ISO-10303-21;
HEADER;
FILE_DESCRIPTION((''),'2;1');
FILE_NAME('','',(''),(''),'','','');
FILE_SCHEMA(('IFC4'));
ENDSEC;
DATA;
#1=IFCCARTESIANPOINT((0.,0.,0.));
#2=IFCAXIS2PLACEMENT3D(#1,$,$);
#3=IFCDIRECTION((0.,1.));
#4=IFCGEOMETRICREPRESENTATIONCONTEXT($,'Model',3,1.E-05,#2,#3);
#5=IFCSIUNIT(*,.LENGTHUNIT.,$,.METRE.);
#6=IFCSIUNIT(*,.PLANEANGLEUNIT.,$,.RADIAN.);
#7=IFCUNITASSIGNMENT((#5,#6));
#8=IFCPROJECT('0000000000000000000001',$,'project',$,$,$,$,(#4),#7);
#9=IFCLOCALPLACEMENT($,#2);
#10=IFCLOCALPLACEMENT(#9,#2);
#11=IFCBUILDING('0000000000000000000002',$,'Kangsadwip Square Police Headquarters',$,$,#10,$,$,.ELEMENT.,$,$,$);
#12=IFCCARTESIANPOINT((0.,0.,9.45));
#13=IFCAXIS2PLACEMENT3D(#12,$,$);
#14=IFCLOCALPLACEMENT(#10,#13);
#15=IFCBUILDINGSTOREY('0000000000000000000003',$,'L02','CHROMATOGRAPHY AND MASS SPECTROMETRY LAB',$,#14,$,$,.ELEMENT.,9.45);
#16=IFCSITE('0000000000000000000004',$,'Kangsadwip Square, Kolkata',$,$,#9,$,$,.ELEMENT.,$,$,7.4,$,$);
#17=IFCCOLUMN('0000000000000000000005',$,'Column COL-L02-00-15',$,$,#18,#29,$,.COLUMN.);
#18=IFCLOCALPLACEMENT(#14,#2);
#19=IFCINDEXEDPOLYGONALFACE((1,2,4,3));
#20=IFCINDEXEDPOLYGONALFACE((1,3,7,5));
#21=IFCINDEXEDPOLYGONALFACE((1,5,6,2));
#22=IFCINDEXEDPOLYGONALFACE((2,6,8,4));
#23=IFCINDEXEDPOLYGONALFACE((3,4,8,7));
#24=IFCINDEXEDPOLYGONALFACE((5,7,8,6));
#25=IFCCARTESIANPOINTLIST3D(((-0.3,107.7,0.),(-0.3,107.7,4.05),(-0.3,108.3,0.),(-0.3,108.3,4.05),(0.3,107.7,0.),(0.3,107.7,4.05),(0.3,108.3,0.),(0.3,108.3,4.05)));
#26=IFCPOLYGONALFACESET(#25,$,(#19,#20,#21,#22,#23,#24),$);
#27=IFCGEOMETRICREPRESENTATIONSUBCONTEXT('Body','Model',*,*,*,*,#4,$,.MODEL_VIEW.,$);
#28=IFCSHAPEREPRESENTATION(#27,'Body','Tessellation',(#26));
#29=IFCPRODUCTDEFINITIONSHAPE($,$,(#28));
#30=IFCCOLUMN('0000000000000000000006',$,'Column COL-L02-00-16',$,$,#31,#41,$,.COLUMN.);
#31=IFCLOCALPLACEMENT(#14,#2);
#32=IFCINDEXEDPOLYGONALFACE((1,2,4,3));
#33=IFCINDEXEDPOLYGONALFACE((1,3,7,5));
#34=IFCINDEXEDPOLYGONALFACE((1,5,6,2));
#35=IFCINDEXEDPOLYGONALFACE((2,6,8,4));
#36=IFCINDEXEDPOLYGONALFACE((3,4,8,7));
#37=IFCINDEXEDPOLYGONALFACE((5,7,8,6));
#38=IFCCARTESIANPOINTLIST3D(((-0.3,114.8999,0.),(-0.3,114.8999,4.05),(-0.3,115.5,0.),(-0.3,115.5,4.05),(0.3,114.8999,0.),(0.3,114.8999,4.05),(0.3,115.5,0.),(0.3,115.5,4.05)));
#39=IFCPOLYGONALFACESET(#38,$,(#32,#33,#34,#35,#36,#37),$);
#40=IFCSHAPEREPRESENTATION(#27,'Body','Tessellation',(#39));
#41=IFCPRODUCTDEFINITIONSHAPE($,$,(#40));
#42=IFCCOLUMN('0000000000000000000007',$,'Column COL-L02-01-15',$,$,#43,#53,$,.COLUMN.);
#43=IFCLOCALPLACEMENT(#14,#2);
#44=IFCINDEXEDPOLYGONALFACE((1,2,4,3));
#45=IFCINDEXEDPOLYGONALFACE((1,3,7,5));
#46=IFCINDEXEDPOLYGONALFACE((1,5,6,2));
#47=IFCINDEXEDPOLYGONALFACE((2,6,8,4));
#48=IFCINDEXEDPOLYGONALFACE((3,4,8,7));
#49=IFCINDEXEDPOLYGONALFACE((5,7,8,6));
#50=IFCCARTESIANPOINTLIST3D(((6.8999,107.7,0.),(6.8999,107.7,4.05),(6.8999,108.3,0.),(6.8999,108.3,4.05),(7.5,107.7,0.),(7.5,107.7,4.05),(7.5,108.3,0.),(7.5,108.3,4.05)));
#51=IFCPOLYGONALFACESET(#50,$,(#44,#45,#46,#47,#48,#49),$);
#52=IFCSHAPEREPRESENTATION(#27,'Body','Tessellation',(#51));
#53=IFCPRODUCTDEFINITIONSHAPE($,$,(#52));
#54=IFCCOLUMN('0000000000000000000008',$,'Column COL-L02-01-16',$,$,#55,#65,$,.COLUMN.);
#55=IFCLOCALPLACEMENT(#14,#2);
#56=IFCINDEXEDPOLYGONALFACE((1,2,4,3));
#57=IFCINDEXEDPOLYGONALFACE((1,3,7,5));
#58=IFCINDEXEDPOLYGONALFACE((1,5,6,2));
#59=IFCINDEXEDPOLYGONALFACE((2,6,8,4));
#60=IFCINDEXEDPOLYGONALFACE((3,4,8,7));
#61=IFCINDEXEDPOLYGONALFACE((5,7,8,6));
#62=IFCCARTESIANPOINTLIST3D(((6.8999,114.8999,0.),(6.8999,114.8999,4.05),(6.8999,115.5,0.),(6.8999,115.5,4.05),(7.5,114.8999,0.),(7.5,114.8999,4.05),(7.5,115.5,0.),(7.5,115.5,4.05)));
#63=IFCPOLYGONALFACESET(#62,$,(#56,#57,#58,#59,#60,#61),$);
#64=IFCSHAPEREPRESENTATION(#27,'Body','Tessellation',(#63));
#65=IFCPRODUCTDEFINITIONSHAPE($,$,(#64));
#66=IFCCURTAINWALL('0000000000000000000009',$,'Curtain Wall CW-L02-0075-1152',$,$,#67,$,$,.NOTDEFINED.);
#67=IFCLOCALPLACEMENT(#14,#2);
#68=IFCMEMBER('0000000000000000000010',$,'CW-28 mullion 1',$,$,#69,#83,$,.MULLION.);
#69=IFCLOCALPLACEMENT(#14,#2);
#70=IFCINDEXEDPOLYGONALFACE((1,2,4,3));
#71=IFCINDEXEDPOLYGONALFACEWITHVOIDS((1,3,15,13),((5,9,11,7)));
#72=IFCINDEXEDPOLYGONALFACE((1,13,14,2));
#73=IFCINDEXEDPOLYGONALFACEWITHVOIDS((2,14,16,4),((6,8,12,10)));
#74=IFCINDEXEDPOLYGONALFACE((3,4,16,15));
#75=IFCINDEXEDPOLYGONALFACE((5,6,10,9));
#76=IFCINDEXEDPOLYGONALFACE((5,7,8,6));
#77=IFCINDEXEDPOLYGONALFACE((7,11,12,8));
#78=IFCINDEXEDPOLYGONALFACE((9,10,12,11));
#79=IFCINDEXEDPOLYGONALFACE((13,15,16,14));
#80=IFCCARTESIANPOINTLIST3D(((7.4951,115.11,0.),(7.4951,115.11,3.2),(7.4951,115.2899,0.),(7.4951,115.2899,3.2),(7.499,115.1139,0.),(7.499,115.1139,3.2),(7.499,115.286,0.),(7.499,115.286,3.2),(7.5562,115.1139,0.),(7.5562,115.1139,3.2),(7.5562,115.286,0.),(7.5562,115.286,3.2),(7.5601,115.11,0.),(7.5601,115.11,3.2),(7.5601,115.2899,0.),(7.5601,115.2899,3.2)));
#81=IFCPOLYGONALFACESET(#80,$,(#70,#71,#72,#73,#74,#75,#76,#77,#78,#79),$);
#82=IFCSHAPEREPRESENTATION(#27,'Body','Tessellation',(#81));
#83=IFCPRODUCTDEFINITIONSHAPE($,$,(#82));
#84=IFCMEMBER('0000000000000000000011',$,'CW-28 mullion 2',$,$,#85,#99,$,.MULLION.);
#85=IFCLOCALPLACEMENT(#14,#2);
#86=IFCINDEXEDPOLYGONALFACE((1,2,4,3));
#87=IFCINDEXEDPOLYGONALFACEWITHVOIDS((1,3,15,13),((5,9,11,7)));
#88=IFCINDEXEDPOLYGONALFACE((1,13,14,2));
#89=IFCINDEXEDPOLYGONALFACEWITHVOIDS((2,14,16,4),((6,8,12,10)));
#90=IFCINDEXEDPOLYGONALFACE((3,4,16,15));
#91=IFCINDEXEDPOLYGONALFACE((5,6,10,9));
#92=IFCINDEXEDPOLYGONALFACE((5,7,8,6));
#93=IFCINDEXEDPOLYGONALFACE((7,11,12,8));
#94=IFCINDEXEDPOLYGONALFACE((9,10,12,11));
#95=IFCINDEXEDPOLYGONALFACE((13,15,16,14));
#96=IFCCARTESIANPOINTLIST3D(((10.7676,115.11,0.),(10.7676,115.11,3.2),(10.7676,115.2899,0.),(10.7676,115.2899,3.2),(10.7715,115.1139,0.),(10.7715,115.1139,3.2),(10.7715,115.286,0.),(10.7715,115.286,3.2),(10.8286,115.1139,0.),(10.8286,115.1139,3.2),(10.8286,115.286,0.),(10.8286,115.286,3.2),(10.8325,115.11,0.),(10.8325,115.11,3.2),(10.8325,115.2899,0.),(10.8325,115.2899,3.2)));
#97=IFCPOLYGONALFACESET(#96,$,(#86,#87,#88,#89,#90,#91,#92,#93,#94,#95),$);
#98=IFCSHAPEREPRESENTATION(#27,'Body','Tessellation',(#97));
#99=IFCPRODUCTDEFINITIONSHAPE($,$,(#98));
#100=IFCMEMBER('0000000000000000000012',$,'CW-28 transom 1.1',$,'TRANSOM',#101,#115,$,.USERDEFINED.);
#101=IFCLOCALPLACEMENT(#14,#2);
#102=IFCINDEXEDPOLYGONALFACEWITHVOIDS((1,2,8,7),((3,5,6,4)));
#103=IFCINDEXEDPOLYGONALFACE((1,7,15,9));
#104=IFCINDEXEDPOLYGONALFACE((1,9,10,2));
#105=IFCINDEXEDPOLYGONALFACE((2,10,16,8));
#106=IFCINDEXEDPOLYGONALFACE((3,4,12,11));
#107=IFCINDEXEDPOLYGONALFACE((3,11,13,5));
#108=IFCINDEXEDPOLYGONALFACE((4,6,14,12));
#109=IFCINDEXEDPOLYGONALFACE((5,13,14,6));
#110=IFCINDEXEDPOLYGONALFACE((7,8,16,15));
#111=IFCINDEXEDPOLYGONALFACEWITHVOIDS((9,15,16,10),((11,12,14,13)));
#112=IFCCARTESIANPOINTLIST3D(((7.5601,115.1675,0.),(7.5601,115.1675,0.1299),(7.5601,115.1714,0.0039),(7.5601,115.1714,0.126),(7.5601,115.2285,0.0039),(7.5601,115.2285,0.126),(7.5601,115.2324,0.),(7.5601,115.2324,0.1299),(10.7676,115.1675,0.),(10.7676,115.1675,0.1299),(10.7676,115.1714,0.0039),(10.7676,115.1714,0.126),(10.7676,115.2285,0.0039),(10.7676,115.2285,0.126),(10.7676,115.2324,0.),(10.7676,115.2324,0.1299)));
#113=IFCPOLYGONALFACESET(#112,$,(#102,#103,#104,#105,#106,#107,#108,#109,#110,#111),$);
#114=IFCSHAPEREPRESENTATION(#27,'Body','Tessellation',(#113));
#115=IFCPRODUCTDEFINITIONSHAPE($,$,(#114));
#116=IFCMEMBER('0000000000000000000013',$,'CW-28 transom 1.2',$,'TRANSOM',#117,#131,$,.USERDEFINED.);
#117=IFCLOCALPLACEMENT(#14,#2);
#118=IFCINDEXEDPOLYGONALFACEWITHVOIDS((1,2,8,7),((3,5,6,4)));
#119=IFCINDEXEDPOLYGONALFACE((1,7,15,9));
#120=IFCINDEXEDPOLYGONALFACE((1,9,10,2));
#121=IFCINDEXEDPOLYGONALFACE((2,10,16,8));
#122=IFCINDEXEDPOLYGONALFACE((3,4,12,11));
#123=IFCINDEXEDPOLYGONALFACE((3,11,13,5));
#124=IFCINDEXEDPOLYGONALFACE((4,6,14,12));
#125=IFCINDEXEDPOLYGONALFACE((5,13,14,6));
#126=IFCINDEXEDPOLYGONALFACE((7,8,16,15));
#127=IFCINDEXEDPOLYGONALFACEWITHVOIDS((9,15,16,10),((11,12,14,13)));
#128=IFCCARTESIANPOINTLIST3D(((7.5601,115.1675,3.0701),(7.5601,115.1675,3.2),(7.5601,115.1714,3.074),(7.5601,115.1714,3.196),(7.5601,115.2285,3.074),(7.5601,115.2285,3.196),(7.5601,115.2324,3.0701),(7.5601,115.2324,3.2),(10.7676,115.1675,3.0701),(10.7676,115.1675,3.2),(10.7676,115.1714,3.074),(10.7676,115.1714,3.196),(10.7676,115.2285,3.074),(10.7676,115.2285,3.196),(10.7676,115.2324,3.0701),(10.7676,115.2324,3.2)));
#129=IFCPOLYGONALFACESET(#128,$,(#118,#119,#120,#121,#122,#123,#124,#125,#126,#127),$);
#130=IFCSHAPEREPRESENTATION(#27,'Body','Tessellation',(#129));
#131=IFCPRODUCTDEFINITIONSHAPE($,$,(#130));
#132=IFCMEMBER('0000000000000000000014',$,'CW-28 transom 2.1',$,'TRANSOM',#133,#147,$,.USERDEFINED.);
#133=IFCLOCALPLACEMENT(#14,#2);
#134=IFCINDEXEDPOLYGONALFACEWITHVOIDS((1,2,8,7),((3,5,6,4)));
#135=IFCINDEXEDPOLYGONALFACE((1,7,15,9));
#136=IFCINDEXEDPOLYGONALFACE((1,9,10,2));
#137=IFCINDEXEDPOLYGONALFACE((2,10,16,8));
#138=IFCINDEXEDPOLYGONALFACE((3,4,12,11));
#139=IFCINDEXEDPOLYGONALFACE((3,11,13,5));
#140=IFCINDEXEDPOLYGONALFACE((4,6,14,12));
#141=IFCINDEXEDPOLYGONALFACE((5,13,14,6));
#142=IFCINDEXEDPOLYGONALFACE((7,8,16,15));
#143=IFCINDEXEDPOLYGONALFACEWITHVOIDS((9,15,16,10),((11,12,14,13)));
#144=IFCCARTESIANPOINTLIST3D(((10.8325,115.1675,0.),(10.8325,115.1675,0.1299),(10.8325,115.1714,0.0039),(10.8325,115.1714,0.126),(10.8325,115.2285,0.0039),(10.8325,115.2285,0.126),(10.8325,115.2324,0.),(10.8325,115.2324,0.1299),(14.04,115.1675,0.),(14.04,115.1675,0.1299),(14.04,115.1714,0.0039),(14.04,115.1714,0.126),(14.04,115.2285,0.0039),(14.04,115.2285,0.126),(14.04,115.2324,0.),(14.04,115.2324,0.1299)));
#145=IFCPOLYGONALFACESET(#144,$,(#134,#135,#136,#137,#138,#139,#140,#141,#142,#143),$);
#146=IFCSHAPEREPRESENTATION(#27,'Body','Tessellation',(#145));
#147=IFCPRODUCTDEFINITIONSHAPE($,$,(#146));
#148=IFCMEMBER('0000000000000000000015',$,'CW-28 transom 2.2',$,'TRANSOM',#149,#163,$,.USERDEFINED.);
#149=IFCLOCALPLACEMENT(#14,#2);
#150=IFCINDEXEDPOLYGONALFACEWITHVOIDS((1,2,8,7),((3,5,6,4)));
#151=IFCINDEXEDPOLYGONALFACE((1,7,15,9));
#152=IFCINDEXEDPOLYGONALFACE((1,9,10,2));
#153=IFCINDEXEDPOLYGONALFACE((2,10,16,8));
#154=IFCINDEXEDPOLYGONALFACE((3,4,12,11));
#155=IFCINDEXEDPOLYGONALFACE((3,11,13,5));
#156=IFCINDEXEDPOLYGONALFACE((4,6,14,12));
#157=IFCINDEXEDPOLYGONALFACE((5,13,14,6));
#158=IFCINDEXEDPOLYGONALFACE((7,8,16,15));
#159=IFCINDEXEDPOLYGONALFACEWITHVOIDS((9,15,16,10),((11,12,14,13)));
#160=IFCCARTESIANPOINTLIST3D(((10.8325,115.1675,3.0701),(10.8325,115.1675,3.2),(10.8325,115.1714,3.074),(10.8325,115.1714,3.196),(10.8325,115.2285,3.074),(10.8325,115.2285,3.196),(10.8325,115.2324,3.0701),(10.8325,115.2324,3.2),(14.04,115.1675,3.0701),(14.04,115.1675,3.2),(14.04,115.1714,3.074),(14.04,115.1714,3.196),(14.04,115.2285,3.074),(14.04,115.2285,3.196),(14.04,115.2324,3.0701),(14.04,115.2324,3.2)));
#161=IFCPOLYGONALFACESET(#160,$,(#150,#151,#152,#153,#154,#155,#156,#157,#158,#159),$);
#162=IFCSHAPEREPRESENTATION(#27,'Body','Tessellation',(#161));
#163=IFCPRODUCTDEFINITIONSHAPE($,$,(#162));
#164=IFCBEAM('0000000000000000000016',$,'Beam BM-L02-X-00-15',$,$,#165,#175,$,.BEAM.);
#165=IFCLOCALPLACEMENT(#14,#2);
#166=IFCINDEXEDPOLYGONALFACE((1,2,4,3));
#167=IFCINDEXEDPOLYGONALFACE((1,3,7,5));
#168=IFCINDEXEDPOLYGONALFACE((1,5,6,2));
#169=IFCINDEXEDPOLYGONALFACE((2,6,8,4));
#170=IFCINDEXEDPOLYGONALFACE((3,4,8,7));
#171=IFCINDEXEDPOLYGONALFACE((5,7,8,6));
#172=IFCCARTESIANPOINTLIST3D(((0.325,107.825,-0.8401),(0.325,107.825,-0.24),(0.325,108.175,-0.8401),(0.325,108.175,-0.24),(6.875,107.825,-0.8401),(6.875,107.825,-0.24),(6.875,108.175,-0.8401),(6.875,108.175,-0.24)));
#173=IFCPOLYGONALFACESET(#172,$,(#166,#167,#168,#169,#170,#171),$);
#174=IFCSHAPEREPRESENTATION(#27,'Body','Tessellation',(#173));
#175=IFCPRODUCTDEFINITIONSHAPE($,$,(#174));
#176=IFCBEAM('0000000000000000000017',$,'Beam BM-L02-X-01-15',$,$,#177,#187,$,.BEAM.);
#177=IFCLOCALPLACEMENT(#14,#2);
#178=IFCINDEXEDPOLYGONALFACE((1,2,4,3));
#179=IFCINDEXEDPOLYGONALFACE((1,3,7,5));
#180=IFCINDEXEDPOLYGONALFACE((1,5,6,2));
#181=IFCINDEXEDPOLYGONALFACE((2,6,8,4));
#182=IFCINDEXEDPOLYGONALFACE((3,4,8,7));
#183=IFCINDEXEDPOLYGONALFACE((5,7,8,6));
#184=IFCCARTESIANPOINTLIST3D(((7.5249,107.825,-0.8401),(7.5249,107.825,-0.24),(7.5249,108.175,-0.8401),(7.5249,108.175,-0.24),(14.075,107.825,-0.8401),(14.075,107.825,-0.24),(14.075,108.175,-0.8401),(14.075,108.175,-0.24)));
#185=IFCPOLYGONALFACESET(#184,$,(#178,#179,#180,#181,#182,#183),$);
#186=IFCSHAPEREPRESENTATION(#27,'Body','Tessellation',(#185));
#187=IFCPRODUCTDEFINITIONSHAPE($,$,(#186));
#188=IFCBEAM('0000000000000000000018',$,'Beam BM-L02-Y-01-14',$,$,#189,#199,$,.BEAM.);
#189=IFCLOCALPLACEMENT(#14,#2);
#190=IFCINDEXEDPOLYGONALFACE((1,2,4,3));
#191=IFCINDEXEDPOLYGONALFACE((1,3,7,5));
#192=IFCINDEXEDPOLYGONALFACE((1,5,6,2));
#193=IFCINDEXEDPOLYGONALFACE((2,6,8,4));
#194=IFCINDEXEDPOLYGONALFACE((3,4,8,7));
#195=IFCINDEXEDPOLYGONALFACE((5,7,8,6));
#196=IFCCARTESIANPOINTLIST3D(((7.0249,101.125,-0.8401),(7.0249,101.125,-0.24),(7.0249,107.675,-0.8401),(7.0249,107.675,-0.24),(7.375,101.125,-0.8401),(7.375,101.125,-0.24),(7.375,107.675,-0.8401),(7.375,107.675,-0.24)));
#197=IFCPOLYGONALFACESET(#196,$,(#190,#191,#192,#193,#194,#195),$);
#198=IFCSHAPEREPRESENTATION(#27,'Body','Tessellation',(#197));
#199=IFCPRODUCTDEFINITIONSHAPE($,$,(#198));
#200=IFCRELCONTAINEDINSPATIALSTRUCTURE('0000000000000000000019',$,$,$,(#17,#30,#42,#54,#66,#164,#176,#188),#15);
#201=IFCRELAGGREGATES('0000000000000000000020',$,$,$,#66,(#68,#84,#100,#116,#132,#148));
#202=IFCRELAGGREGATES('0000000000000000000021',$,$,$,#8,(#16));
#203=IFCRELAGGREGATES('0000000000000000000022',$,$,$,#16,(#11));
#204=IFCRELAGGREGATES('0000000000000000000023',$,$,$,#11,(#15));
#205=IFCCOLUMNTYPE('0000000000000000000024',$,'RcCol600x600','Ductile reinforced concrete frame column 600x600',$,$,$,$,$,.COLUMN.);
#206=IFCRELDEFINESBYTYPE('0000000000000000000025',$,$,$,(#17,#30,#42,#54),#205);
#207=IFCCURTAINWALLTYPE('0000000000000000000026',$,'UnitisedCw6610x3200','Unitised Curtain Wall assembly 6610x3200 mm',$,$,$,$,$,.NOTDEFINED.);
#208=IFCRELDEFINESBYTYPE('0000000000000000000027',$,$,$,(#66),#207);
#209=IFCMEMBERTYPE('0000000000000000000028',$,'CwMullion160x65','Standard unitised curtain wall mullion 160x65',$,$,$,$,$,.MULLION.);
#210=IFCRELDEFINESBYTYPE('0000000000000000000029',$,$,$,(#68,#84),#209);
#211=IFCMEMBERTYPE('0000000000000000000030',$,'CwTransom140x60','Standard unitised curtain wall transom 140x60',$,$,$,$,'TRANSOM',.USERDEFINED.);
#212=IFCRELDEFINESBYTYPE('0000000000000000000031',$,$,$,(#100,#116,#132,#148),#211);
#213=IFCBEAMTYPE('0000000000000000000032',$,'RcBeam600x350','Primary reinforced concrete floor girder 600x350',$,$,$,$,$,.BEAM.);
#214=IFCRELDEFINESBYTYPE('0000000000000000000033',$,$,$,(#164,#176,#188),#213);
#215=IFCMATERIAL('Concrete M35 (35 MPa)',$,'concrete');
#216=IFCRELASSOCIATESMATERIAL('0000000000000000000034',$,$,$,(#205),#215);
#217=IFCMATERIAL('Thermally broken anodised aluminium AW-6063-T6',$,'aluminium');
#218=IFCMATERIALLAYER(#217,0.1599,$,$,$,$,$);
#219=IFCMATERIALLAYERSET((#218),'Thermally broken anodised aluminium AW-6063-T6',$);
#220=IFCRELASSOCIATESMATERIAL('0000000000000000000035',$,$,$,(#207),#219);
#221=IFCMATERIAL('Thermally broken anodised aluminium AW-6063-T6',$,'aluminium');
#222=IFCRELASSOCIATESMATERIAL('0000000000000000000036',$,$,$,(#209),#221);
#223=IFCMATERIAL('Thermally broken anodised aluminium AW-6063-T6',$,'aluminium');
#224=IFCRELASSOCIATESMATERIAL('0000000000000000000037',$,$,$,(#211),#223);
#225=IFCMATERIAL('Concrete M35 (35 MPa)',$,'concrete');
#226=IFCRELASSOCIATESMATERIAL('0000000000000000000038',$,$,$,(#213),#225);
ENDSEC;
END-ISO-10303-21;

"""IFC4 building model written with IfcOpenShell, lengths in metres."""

from ifc_helpers import new_model, si_unit, direction, frame, origin, origin_2d, place, context, subcontext, project, spatial, rectangle, hollow_rectangle, extrude, material, layer, layer_set, material_profile, profile_set, type_object, element, aggregate, save


model = new_model("IFC4")

# Units and contexts
model_context = context("Model", 3, precision=1e-05, world=origin(), true_north=direction((0.0, 1.0)))
body_context = subcontext(model_context, "Body", "Model", "MODEL_VIEW")
ifc_project = project(units=[si_unit("LENGTHUNIT", "METRE"), si_unit("PLANEANGLEUNIT", "RADIAN")], contexts=[model_context])

# Site, building, storey
site_placement = place(None, origin())
site = spatial("IfcSite", under=ifc_project, at=site_placement, Name="Kangsadwip Square, Kolkata", CompositionType="ELEMENT", RefElevation=7.4)
building_placement = place(site_placement, origin())
building = spatial("IfcBuilding", under=site, at=building_placement, Name="Kangsadwip Square Police Headquarters", CompositionType="ELEMENT")
storey_placement = place(building_placement, frame((0.0, 0.0, 9.45)))
storey = spatial("IfcBuildingStorey", under=building, at=storey_placement, Name="L02", Description="CHROMATOGRAPHY AND MASS SPECTROMETRY LAB", CompositionType="ELEMENT", Elevation=9.45)

# Columns
ifc_material_1 = material(Name="Concrete M35 (35 MPa)", Category="concrete")
ifc_material_profile_1 = material_profile(ifc_material_1, rectangle(XDim=0.6001, YDim=0.6001, at=origin_2d()), Name="RC COL 600X600")
ifc_profile_set_1 = profile_set([ifc_material_profile_1], Name="Concrete M35 (35 MPa)")
column_type = type_object("IfcColumnType", Name="RcCol600x600", Description="Ductile reinforced concrete frame column 600x600", PredefinedType="COLUMN", material=ifc_profile_set_1)
for number, where, z_axis, x_axis, name in (
    (1, (0.0, 108.0, 0.0), (0.0, 0.0, 1.0), (1.0, 0.0, 0.0), "Column COL-L02-00-15"),
    (2, (0.0, 115.2, 0.0), (0.0, 0.0, 1.0), (1.0, 0.0, 0.0), "Column COL-L02-00-16"),
    (3, (7.2, 108.0, 0.0), (0.0, 0.0, 1.0), (1.0, 0.0, 0.0), "Column COL-L02-01-15"),
    (4, (7.2, 115.2, 0.0), (0.0, 0.0, 1.0), (1.0, 0.0, 0.0), "Column COL-L02-01-16"),
):
    element("IfcColumn", number, at=place(storey_placement, frame(where, z_axis=z_axis, x_axis=x_axis)), inside=storey, type_object=column_type, Name=name, PredefinedType="COLUMN", context=body_context, shape_type="SweptSolid", body=[
        extrude(rectangle(XDim=0.6001, YDim=0.6001, at=origin_2d()), origin(), (0.0, 0.0, 1.0), 4.05),
    ])

# Curtain wall, members
ifc_material_2 = material(Name="Thermally broken anodised aluminium AW-6063-T6", Category="aluminium")
ifc_layer_1 = layer(ifc_material_2, 0.1599)
ifc_layer_set_1 = layer_set([ifc_layer_1], Name="Thermally broken anodised aluminium AW-6063-T6")
curtain_wall_type = type_object("IfcCurtainWallType", Name="UnitisedCw6610x3200", Description="Unitised Curtain Wall assembly 6610x3200 mm", PredefinedType="NOTDEFINED", material=ifc_layer_set_1)
curtain_wall_placement = place(storey_placement, origin())
curtain_wall = element("IfcCurtainWall", 5, at=curtain_wall_placement, inside=storey, type_object=curtain_wall_type, Name="Curtain Wall CW-L02-0075-1152", PredefinedType="NOTDEFINED")
ifc_material_3 = material(Name="Thermally broken anodised aluminium AW-6063-T6", Category="aluminium")
ifc_material_profile_2 = material_profile(ifc_material_3, hollow_rectangle(XDim=0.0649, YDim=0.1799, WallThickness=0.0039, at=origin_2d()), Name="CWM 180X65X4")
ifc_profile_set_2 = profile_set([ifc_material_profile_2], Name="Thermally broken anodised aluminium AW-6063-T6")
member_type_1 = type_object("IfcMemberType", Name="CwMullion160x65", Description="Standard unitised curtain wall mullion 160x65", PredefinedType="MULLION", material=ifc_profile_set_2)
member_1_placement = place(storey_placement, frame((7.5276, 115.2, 0.0), z_axis=(0.0, 0.0, 1.0), x_axis=(1.0, 0.0, 0.0)))
member_1 = element("IfcMember", 6, at=member_1_placement, type_object=member_type_1, Name="CW-28 mullion 1", PredefinedType="MULLION", context=body_context, shape_type="SweptSolid", body=[
    extrude(hollow_rectangle(XDim=0.0649, YDim=0.1799, WallThickness=0.0039, at=origin_2d()), origin(), (0.0, 0.0, 1.0), 3.2),
])
member_2_placement = place(storey_placement, frame((10.8, 115.2, 0.0), z_axis=(0.0, 0.0, 1.0), x_axis=(1.0, 0.0, 0.0)))
member_2 = element("IfcMember", 7, at=member_2_placement, type_object=member_type_1, Name="CW-28 mullion 2", PredefinedType="MULLION", context=body_context, shape_type="SweptSolid", body=[
    extrude(hollow_rectangle(XDim=0.0649, YDim=0.1799, WallThickness=0.0039, at=origin_2d()), origin(), (0.0, 0.0, 1.0), 3.2),
])
ifc_material_4 = material(Name="Thermally broken anodised aluminium AW-6063-T6", Category="aluminium")
ifc_material_profile_3 = material_profile(ifc_material_4, hollow_rectangle(XDim=0.0649, YDim=0.1299, WallThickness=0.0039, at=origin_2d()), Name="CWT 130X65X4")
ifc_profile_set_3 = profile_set([ifc_material_profile_3], Name="Thermally broken anodised aluminium AW-6063-T6")
member_type_2 = type_object("IfcMemberType", Name="CwTransom140x60", Description="Standard unitised curtain wall transom 140x60", ElementType="TRANSOM", PredefinedType="USERDEFINED", material=ifc_profile_set_3)
member_3_placement = place(storey_placement, frame((7.5601, 115.2, 0.0649), z_axis=(1.0, 0.0, 0.0), x_axis=(0.0, 1.0, 0.0)))
member_3 = element("IfcMember", 8, at=member_3_placement, type_object=member_type_2, Name="CW-28 transom 1.1", ObjectType="TRANSOM", PredefinedType="USERDEFINED", context=body_context, shape_type="SweptSolid", body=[
    extrude(hollow_rectangle(XDim=0.0649, YDim=0.1299, WallThickness=0.0039, at=origin_2d()), origin(), (0.0, 0.0, 1.0), 3.2075),
])
member_4_placement = place(storey_placement, frame((7.5601, 115.2, 3.135), z_axis=(1.0, 0.0, 0.0), x_axis=(0.0, 1.0, 0.0)))
member_4 = element("IfcMember", 9, at=member_4_placement, type_object=member_type_2, Name="CW-28 transom 1.2", ObjectType="TRANSOM", PredefinedType="USERDEFINED", context=body_context, shape_type="SweptSolid", body=[
    extrude(hollow_rectangle(XDim=0.0649, YDim=0.1299, WallThickness=0.0039, at=origin_2d()), origin(), (0.0, 0.0, 1.0), 3.2075),
])
member_5_placement = place(storey_placement, frame((10.8325, 115.2, 0.0649), z_axis=(1.0, 0.0, 0.0), x_axis=(0.0, 1.0, 0.0)))
member_5 = element("IfcMember", 10, at=member_5_placement, type_object=member_type_2, Name="CW-28 transom 2.1", ObjectType="TRANSOM", PredefinedType="USERDEFINED", context=body_context, shape_type="SweptSolid", body=[
    extrude(hollow_rectangle(XDim=0.0649, YDim=0.1299, WallThickness=0.0039, at=origin_2d()), origin(), (0.0, 0.0, 1.0), 3.2075),
])
member_6_placement = place(storey_placement, frame((10.8325, 115.2, 3.135), z_axis=(1.0, 0.0, 0.0), x_axis=(0.0, 1.0, 0.0)))
member_6 = element("IfcMember", 11, at=member_6_placement, type_object=member_type_2, Name="CW-28 transom 2.2", ObjectType="TRANSOM", PredefinedType="USERDEFINED", context=body_context, shape_type="SweptSolid", body=[
    extrude(hollow_rectangle(XDim=0.0649, YDim=0.1299, WallThickness=0.0039, at=origin_2d()), origin(), (0.0, 0.0, 1.0), 3.2075),
])

# Beams
ifc_material_5 = material(Name="Concrete M35 (35 MPa)", Category="concrete")
ifc_material_profile_4 = material_profile(ifc_material_5, rectangle(XDim=0.3501, YDim=0.6001, at=origin_2d()), Name="RC BM 600X350")
ifc_profile_set_4 = profile_set([ifc_material_profile_4], Name="Concrete M35 (35 MPa)")
beam_type_1 = type_object("IfcBeamType", Name="RcBeam600x350", Description="Primary reinforced concrete floor girder 600x350", PredefinedType="BEAM", material=ifc_profile_set_4)
for number, where, z_axis, x_axis, name in (
    (12, (0.325, 108.0, -0.54), (1.0, 0.0, 0.0), (0.0, 1.0, 0.0), "Beam BM-L02-X-00-15"),
    (13, (7.5249, 108.0, -0.54), (1.0, 0.0, 0.0), (0.0, 1.0, 0.0), "Beam BM-L02-X-01-15"),
    (14, (7.2, 101.125, -0.54), (0.0, 1.0, 0.0), (-1.0, 0.0, 0.0), "Beam BM-L02-Y-01-14"),
):
    element("IfcBeam", number, at=place(storey_placement, frame(where, z_axis=z_axis, x_axis=x_axis)), inside=storey, type_object=beam_type_1, Name=name, PredefinedType="BEAM", context=body_context, shape_type="SweptSolid", body=[
        extrude(rectangle(XDim=0.3501, YDim=0.6001, at=origin_2d()), origin(), (0.0, 0.0, 1.0), 6.55),
    ])

aggregate(curtain_wall, [member_1, member_2, member_3, member_4, member_5, member_6])

save(model, "model.ifc")
